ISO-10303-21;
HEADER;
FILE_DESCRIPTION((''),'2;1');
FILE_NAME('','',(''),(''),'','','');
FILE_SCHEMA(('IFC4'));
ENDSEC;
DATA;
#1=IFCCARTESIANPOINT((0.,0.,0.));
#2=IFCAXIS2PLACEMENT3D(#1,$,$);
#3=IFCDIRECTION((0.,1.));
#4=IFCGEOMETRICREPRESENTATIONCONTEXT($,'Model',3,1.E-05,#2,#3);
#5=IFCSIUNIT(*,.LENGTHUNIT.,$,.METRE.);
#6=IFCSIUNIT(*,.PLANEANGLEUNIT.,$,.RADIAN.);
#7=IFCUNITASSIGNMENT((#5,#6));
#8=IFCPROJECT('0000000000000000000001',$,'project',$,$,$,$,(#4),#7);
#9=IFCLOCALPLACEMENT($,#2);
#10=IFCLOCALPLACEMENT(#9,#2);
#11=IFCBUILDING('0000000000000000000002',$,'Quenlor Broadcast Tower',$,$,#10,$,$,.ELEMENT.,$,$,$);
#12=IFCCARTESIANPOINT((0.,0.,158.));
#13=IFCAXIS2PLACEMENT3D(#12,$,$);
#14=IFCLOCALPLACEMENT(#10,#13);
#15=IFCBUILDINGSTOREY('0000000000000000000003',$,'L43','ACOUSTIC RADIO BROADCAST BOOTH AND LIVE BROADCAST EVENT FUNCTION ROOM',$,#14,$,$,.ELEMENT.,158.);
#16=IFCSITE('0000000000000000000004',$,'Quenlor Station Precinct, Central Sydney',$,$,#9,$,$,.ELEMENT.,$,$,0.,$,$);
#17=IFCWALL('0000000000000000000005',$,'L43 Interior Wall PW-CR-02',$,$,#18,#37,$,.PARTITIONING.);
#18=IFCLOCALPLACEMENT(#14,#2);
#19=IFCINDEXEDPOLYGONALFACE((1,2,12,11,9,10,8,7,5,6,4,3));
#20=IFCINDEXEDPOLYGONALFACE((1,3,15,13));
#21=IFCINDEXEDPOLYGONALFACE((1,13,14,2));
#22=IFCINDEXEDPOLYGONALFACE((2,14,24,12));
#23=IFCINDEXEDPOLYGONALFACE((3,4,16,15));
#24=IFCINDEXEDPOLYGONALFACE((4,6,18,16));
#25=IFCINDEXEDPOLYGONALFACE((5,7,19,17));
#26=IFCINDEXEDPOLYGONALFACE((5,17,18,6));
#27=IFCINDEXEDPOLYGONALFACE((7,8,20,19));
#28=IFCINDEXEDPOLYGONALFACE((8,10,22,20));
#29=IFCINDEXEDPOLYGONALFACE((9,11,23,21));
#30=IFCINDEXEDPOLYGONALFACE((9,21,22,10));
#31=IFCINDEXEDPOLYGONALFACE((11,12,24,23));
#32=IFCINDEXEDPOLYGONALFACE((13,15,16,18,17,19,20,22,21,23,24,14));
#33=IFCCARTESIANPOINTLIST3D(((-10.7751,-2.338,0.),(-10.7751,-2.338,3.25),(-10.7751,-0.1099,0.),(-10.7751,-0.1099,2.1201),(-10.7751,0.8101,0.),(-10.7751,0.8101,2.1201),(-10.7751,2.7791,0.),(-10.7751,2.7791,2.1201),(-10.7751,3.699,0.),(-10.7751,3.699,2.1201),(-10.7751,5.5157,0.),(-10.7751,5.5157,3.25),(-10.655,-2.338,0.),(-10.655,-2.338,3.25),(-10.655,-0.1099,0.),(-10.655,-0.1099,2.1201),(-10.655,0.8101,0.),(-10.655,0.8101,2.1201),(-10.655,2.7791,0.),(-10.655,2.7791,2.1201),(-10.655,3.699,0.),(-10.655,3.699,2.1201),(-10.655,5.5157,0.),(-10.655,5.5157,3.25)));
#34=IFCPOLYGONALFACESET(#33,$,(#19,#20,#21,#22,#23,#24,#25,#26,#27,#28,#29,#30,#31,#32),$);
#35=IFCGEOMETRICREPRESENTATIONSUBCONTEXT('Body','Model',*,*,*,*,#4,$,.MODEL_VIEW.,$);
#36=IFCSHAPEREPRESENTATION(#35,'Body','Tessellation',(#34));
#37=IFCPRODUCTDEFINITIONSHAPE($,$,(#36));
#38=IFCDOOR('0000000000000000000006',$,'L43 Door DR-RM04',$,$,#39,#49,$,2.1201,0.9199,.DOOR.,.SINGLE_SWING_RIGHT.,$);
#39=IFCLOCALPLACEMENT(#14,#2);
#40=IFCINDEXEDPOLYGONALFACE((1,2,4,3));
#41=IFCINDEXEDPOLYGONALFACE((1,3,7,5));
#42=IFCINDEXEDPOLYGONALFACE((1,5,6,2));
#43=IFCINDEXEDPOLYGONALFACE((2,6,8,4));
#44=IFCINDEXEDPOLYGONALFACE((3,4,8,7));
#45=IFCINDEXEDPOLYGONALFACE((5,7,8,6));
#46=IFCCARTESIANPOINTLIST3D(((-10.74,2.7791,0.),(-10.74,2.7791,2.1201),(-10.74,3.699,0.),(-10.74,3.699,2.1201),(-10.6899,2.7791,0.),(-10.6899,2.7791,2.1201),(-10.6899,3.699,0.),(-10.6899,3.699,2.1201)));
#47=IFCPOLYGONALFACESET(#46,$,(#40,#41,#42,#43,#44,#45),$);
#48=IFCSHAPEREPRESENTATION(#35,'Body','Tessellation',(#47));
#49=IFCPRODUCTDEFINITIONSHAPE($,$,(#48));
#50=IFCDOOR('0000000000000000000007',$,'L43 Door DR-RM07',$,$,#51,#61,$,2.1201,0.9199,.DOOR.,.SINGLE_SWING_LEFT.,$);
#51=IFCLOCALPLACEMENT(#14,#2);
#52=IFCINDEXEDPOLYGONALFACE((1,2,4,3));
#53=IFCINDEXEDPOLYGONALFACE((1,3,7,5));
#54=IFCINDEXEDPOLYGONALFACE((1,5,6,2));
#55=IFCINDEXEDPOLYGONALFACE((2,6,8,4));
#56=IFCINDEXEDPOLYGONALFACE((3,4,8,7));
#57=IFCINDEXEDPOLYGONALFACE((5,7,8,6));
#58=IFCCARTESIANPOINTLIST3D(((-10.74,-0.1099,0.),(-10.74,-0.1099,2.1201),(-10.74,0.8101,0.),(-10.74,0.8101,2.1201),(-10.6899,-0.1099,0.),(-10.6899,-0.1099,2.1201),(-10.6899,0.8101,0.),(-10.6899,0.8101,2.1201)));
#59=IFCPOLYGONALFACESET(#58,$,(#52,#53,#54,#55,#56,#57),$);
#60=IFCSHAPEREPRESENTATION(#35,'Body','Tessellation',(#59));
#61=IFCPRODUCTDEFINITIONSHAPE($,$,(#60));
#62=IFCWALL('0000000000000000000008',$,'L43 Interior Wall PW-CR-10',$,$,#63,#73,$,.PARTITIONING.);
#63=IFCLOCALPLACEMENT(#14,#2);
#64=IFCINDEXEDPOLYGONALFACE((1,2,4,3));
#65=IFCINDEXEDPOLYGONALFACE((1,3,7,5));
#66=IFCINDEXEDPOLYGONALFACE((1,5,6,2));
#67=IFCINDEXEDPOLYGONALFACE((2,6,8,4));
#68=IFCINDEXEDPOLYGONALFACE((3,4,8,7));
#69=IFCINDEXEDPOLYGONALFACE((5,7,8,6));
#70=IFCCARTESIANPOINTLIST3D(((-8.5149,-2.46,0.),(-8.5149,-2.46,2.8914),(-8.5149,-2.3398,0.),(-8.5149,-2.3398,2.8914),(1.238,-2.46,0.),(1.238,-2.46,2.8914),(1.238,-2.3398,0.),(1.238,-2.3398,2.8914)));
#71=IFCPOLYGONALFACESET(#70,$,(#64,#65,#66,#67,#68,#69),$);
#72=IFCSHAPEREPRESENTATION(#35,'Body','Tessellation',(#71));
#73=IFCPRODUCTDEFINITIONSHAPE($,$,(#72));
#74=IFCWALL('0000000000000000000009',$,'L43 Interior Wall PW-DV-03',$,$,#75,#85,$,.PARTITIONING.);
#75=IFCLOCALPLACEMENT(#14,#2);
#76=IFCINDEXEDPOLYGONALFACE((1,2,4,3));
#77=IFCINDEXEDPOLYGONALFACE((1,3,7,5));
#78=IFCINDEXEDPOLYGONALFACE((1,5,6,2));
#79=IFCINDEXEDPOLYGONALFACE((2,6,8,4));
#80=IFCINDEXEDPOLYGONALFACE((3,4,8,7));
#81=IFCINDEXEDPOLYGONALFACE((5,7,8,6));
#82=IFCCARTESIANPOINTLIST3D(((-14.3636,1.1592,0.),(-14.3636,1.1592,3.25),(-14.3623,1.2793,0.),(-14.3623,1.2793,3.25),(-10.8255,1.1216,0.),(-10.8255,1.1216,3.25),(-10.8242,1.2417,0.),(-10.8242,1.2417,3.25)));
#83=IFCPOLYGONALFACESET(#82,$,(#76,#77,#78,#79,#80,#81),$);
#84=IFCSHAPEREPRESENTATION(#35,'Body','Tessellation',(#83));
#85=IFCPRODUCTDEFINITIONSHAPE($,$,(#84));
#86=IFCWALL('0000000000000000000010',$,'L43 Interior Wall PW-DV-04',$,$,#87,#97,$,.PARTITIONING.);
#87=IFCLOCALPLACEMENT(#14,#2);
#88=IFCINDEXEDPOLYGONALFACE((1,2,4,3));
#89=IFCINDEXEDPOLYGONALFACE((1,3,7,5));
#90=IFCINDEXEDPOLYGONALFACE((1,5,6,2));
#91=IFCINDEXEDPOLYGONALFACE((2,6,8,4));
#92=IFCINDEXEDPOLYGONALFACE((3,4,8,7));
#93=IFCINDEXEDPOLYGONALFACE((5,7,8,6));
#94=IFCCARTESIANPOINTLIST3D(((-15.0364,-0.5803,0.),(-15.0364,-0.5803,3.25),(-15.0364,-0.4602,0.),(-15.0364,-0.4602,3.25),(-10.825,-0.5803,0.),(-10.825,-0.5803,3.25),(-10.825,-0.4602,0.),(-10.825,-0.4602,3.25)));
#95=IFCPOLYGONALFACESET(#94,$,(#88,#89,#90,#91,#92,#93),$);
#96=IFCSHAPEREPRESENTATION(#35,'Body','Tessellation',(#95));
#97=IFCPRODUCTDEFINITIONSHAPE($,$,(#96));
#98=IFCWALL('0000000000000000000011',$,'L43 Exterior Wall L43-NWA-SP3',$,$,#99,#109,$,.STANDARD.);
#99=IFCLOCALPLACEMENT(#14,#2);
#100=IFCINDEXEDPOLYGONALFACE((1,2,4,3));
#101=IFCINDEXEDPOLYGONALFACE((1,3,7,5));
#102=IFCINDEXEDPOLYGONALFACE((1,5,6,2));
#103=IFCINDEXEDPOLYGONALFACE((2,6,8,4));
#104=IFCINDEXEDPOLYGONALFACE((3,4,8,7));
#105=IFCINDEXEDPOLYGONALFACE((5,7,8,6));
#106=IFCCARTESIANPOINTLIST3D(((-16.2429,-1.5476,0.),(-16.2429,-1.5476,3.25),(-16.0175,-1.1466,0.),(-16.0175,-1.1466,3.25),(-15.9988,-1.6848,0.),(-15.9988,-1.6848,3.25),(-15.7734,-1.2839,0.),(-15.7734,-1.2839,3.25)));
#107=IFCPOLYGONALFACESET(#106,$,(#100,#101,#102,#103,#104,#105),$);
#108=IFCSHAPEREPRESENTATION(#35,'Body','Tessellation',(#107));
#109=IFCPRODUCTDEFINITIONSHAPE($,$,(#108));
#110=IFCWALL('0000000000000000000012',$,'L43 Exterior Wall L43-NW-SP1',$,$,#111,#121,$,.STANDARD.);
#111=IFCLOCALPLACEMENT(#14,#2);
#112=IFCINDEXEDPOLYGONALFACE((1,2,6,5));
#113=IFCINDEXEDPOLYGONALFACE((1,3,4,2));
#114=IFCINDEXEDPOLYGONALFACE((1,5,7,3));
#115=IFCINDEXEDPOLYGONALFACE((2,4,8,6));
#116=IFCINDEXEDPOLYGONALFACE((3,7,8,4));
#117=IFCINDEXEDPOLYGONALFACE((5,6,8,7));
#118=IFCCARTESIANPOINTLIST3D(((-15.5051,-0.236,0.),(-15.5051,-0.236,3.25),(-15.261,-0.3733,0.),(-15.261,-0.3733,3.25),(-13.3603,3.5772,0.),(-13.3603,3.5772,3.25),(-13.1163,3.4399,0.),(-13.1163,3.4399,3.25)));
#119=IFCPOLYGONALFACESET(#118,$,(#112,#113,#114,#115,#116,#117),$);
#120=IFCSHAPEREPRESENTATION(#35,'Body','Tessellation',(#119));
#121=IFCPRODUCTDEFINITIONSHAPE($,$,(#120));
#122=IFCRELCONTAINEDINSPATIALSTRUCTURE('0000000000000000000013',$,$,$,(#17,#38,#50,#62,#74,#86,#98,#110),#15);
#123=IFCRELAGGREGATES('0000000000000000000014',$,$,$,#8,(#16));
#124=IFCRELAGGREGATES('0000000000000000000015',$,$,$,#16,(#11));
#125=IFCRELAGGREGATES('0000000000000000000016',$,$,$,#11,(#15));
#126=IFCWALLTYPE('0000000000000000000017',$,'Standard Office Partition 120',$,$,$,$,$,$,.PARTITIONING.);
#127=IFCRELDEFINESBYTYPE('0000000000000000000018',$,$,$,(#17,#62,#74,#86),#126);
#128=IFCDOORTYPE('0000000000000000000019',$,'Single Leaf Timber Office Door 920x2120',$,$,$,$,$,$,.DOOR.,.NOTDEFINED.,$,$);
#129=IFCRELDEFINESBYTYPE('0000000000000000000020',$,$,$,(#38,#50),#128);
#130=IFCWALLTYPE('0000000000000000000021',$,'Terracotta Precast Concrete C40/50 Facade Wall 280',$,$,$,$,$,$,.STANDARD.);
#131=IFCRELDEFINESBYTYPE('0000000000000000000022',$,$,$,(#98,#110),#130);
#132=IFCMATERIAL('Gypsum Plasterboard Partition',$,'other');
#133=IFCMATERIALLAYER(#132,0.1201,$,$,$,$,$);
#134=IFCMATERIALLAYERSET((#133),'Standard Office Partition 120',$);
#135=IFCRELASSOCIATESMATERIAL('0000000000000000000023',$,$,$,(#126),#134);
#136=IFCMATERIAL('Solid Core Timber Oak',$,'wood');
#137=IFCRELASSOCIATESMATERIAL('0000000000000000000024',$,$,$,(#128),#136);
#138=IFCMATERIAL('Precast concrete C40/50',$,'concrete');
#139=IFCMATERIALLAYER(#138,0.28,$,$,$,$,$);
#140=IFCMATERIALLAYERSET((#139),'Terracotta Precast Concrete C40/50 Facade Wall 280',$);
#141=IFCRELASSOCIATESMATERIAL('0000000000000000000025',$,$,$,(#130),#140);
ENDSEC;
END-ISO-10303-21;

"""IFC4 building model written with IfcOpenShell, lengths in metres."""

from ifc_helpers import new_model, si_unit, direction, frame, frame_2d, origin, place, context, subcontext, project, spatial, rectangle, extrude, material, layer, layer_set, type_object, element, fill, save


model = new_model("IFC4")

# Units and contexts
model_context = context("Model", 3, precision=1e-05, world=origin(), true_north=direction((0.0, 1.0)))
body_context = subcontext(model_context, "Body", "Model", "MODEL_VIEW")
ifc_project = project(units=[si_unit("LENGTHUNIT", "METRE"), si_unit("PLANEANGLEUNIT", "RADIAN")], contexts=[model_context])

# Site, building, storey
site_placement = place(None, origin())
site = spatial("IfcSite", under=ifc_project, at=site_placement, Name="Quenlor Station Precinct, Central Sydney", CompositionType="ELEMENT", RefElevation=0.0)
building_placement = place(site_placement, origin())
building = spatial("IfcBuilding", under=site, at=building_placement, Name="Quenlor Broadcast Tower", CompositionType="ELEMENT")
storey_placement = place(building_placement, frame((0.0, 0.0, 158.0)))
storey = spatial("IfcBuildingStorey", under=building, at=storey_placement, Name="L43", Description="ACOUSTIC RADIO BROADCAST BOOTH AND LIVE BROADCAST EVENT FUNCTION ROOM", CompositionType="ELEMENT", Elevation=158.0)

# Shared definitions
ifc_material_1 = material(Name="Gypsum Plasterboard Partition", Category="other")
ifc_layer_1 = layer(ifc_material_1, 0.1201)
ifc_layer_set_1 = layer_set([ifc_layer_1], Name="Standard Office Partition 120")
wall_type_1 = type_object("IfcWallType", Name="Standard Office Partition 120", PredefinedType="PARTITIONING", material=ifc_layer_set_1)

# Wall, openings, doors
wall_1_placement = place(storey_placement, frame((-10.7151, -2.3379, 0.0), z_axis=(0.0, 0.0, 1.0), x_axis=(0.0, 1.0, 0.0)))
wall_1 = element("IfcWall", 1, at=wall_1_placement, inside=storey, type_object=wall_type_1, Name="L43 Interior Wall PW-CR-02", PredefinedType="PARTITIONING", context=body_context, shape_type="SweptSolid", body=[
    extrude(rectangle(XDim=7.8538, YDim=0.1201, at=frame_2d((3.9268, 0.0))), origin(), (0.0, 0.0, 1.0), 3.25),
])
opening_1_placement = place(wall_1_placement, frame((5.1169, 0.0, 0.0)))
opening_1 = element("IfcOpeningElement", 2, at=opening_1_placement, cuts=wall_1, PredefinedType="OPENING", context=body_context, shape_type="SweptSolid", body=[
    extrude(rectangle(XDim=0.9199, YDim=2.1201, at=frame_2d((0.46, 1.0601))), frame((0.0, 0.0701, 0.0), z_axis=(0.0, -1.0, 0.0), x_axis=(1.0, 0.0, 0.0)), (0.0, 0.0, 1.0), 0.1401),
])
opening_2_placement = place(wall_1_placement, frame((2.228, 0.0, 0.0)))
opening_2 = element("IfcOpeningElement", 3, at=opening_2_placement, cuts=wall_1, PredefinedType="OPENING", context=body_context, shape_type="SweptSolid", body=[
    extrude(rectangle(XDim=0.9199, YDim=2.1201, at=frame_2d((0.46, 1.0601))), frame((0.0, 0.0701, 0.0), z_axis=(0.0, -1.0, 0.0), x_axis=(1.0, 0.0, 0.0)), (0.0, 0.0, 1.0), 0.1401),
])
ifc_material_2 = material(Name="Solid Core Timber Oak", Category="wood")
door_type = type_object("IfcDoorType", Name="Single Leaf Timber Office Door 920x2120", OperationType="NOTDEFINED", PredefinedType="DOOR", material=ifc_material_2)
door_1_placement = place(opening_1_placement, origin())
door_1 = element("IfcDoor", 4, at=door_1_placement, inside=storey, type_object=door_type, Name="L43 Door DR-RM04", OperationType="SINGLE_SWING_RIGHT", OverallHeight=2.1201, OverallWidth=0.9199, PredefinedType="DOOR", context=body_context, shape_type="SweptSolid", body=[
    extrude(rectangle(XDim=0.9199, YDim=2.1201, at=frame_2d((0.46, 1.0601))), frame((0.0, 0.0249, 0.0), z_axis=(0.0, -1.0, 0.0), x_axis=(1.0, 0.0, 0.0)), (0.0, 0.0, 1.0), 0.05),
])
fill(opening_1, door_1)
door_2_placement = place(opening_2_placement, origin())
door_2 = element("IfcDoor", 5, at=door_2_placement, inside=storey, type_object=door_type, Name="L43 Door DR-RM07", OperationType="SINGLE_SWING_LEFT", OverallHeight=2.1201, OverallWidth=0.9199, PredefinedType="DOOR", context=body_context, shape_type="SweptSolid", body=[
    extrude(rectangle(XDim=0.9199, YDim=2.1201, at=frame_2d((0.46, 1.0601))), frame((0.0, 0.0249, 0.0), z_axis=(0.0, -1.0, 0.0), x_axis=(1.0, 0.0, 0.0)), (0.0, 0.0, 1.0), 0.05),
])
fill(opening_2, door_2)

# Walls
wall_2_placement = place(storey_placement, frame((-8.5149, -2.3999, 0.0), z_axis=(0.0, 0.0, 1.0), x_axis=(1.0, 0.0, 0.0)))
element("IfcWall", 6, at=wall_2_placement, inside=storey, type_object=wall_type_1, Name="L43 Interior Wall PW-CR-10", PredefinedType="PARTITIONING", context=body_context, shape_type="SweptSolid", body=[
    extrude(rectangle(XDim=9.7529, YDim=0.1201, at=frame_2d((4.8765, 0.0))), origin(), (0.0, 0.0, 1.0), 2.8914),
])
wall_3_placement = place(storey_placement, frame((-10.825, 1.1816, 0.0), z_axis=(0.0, 0.0, 1.0), x_axis=(-0.999944, 0.010626, 0.0)))
element("IfcWall", 7, at=wall_3_placement, inside=storey, type_object=wall_type_1, Name="L43 Interior Wall PW-DV-03", PredefinedType="PARTITIONING", context=body_context, shape_type="SweptSolid", body=[
    extrude(rectangle(XDim=3.5383, YDim=0.1201, at=frame_2d((1.769, 0.0))), origin(), (0.0, 0.0, 1.0), 3.25),
])
wall_4_placement = place(storey_placement, frame((-10.825, -0.5203, 0.0), z_axis=(0.0, 0.0, 1.0), x_axis=(-1.0, 0.0, 0.0)))
element("IfcWall", 8, at=wall_4_placement, inside=storey, type_object=wall_type_1, Name="L43 Interior Wall PW-DV-04", PredefinedType="PARTITIONING", context=body_context, shape_type="SweptSolid", body=[
    extrude(rectangle(XDim=4.2114, YDim=0.1201, at=frame_2d((2.1057, 0.0))), origin(), (0.0, 0.0, 1.0), 3.25),
])
ifc_material_3 = material(Name="Precast concrete C40/50", Category="concrete")
ifc_layer_2 = layer(ifc_material_3, 0.28)
ifc_layer_set_2 = layer_set([ifc_layer_2], Name="Terracotta Precast Concrete C40/50 Facade Wall 280")
wall_type_2 = type_object("IfcWallType", Name="Terracotta Precast Concrete C40/50 Facade Wall 280", PredefinedType="STANDARD", material=ifc_layer_set_2)
wall_5_placement = place(storey_placement, frame((-16.1208, -1.6162, 0.0), z_axis=(0.0, 0.0, 1.0), x_axis=(0.490009, 0.871717, 0.0)))
element("IfcWall", 9, at=wall_5_placement, inside=storey, type_object=wall_type_2, Name="L43 Exterior Wall L43-NWA-SP3", PredefinedType="STANDARD", context=body_context, shape_type="SweptSolid", body=[
    extrude(rectangle(XDim=0.46, YDim=0.28, at=frame_2d((0.23, 0.0))), origin(), (0.0, 0.0, 1.0), 3.25),
])
wall_6_placement = place(storey_placement, frame((-15.3831, -0.3047, 0.0), z_axis=(0.0, 0.0, 1.0), x_axis=(0.490232, 0.871592, 0.0)))
element("IfcWall", 10, at=wall_6_placement, inside=storey, type_object=wall_type_2, Name="L43 Exterior Wall L43-NW-SP1", PredefinedType="STANDARD", context=body_context, shape_type="SweptSolid", body=[
    extrude(rectangle(XDim=4.375, YDim=0.28, at=frame_2d((2.1875, 0.0))), origin(), (0.0, 0.0, 1.0), 3.25),
])

save(model, "model.ifc")
